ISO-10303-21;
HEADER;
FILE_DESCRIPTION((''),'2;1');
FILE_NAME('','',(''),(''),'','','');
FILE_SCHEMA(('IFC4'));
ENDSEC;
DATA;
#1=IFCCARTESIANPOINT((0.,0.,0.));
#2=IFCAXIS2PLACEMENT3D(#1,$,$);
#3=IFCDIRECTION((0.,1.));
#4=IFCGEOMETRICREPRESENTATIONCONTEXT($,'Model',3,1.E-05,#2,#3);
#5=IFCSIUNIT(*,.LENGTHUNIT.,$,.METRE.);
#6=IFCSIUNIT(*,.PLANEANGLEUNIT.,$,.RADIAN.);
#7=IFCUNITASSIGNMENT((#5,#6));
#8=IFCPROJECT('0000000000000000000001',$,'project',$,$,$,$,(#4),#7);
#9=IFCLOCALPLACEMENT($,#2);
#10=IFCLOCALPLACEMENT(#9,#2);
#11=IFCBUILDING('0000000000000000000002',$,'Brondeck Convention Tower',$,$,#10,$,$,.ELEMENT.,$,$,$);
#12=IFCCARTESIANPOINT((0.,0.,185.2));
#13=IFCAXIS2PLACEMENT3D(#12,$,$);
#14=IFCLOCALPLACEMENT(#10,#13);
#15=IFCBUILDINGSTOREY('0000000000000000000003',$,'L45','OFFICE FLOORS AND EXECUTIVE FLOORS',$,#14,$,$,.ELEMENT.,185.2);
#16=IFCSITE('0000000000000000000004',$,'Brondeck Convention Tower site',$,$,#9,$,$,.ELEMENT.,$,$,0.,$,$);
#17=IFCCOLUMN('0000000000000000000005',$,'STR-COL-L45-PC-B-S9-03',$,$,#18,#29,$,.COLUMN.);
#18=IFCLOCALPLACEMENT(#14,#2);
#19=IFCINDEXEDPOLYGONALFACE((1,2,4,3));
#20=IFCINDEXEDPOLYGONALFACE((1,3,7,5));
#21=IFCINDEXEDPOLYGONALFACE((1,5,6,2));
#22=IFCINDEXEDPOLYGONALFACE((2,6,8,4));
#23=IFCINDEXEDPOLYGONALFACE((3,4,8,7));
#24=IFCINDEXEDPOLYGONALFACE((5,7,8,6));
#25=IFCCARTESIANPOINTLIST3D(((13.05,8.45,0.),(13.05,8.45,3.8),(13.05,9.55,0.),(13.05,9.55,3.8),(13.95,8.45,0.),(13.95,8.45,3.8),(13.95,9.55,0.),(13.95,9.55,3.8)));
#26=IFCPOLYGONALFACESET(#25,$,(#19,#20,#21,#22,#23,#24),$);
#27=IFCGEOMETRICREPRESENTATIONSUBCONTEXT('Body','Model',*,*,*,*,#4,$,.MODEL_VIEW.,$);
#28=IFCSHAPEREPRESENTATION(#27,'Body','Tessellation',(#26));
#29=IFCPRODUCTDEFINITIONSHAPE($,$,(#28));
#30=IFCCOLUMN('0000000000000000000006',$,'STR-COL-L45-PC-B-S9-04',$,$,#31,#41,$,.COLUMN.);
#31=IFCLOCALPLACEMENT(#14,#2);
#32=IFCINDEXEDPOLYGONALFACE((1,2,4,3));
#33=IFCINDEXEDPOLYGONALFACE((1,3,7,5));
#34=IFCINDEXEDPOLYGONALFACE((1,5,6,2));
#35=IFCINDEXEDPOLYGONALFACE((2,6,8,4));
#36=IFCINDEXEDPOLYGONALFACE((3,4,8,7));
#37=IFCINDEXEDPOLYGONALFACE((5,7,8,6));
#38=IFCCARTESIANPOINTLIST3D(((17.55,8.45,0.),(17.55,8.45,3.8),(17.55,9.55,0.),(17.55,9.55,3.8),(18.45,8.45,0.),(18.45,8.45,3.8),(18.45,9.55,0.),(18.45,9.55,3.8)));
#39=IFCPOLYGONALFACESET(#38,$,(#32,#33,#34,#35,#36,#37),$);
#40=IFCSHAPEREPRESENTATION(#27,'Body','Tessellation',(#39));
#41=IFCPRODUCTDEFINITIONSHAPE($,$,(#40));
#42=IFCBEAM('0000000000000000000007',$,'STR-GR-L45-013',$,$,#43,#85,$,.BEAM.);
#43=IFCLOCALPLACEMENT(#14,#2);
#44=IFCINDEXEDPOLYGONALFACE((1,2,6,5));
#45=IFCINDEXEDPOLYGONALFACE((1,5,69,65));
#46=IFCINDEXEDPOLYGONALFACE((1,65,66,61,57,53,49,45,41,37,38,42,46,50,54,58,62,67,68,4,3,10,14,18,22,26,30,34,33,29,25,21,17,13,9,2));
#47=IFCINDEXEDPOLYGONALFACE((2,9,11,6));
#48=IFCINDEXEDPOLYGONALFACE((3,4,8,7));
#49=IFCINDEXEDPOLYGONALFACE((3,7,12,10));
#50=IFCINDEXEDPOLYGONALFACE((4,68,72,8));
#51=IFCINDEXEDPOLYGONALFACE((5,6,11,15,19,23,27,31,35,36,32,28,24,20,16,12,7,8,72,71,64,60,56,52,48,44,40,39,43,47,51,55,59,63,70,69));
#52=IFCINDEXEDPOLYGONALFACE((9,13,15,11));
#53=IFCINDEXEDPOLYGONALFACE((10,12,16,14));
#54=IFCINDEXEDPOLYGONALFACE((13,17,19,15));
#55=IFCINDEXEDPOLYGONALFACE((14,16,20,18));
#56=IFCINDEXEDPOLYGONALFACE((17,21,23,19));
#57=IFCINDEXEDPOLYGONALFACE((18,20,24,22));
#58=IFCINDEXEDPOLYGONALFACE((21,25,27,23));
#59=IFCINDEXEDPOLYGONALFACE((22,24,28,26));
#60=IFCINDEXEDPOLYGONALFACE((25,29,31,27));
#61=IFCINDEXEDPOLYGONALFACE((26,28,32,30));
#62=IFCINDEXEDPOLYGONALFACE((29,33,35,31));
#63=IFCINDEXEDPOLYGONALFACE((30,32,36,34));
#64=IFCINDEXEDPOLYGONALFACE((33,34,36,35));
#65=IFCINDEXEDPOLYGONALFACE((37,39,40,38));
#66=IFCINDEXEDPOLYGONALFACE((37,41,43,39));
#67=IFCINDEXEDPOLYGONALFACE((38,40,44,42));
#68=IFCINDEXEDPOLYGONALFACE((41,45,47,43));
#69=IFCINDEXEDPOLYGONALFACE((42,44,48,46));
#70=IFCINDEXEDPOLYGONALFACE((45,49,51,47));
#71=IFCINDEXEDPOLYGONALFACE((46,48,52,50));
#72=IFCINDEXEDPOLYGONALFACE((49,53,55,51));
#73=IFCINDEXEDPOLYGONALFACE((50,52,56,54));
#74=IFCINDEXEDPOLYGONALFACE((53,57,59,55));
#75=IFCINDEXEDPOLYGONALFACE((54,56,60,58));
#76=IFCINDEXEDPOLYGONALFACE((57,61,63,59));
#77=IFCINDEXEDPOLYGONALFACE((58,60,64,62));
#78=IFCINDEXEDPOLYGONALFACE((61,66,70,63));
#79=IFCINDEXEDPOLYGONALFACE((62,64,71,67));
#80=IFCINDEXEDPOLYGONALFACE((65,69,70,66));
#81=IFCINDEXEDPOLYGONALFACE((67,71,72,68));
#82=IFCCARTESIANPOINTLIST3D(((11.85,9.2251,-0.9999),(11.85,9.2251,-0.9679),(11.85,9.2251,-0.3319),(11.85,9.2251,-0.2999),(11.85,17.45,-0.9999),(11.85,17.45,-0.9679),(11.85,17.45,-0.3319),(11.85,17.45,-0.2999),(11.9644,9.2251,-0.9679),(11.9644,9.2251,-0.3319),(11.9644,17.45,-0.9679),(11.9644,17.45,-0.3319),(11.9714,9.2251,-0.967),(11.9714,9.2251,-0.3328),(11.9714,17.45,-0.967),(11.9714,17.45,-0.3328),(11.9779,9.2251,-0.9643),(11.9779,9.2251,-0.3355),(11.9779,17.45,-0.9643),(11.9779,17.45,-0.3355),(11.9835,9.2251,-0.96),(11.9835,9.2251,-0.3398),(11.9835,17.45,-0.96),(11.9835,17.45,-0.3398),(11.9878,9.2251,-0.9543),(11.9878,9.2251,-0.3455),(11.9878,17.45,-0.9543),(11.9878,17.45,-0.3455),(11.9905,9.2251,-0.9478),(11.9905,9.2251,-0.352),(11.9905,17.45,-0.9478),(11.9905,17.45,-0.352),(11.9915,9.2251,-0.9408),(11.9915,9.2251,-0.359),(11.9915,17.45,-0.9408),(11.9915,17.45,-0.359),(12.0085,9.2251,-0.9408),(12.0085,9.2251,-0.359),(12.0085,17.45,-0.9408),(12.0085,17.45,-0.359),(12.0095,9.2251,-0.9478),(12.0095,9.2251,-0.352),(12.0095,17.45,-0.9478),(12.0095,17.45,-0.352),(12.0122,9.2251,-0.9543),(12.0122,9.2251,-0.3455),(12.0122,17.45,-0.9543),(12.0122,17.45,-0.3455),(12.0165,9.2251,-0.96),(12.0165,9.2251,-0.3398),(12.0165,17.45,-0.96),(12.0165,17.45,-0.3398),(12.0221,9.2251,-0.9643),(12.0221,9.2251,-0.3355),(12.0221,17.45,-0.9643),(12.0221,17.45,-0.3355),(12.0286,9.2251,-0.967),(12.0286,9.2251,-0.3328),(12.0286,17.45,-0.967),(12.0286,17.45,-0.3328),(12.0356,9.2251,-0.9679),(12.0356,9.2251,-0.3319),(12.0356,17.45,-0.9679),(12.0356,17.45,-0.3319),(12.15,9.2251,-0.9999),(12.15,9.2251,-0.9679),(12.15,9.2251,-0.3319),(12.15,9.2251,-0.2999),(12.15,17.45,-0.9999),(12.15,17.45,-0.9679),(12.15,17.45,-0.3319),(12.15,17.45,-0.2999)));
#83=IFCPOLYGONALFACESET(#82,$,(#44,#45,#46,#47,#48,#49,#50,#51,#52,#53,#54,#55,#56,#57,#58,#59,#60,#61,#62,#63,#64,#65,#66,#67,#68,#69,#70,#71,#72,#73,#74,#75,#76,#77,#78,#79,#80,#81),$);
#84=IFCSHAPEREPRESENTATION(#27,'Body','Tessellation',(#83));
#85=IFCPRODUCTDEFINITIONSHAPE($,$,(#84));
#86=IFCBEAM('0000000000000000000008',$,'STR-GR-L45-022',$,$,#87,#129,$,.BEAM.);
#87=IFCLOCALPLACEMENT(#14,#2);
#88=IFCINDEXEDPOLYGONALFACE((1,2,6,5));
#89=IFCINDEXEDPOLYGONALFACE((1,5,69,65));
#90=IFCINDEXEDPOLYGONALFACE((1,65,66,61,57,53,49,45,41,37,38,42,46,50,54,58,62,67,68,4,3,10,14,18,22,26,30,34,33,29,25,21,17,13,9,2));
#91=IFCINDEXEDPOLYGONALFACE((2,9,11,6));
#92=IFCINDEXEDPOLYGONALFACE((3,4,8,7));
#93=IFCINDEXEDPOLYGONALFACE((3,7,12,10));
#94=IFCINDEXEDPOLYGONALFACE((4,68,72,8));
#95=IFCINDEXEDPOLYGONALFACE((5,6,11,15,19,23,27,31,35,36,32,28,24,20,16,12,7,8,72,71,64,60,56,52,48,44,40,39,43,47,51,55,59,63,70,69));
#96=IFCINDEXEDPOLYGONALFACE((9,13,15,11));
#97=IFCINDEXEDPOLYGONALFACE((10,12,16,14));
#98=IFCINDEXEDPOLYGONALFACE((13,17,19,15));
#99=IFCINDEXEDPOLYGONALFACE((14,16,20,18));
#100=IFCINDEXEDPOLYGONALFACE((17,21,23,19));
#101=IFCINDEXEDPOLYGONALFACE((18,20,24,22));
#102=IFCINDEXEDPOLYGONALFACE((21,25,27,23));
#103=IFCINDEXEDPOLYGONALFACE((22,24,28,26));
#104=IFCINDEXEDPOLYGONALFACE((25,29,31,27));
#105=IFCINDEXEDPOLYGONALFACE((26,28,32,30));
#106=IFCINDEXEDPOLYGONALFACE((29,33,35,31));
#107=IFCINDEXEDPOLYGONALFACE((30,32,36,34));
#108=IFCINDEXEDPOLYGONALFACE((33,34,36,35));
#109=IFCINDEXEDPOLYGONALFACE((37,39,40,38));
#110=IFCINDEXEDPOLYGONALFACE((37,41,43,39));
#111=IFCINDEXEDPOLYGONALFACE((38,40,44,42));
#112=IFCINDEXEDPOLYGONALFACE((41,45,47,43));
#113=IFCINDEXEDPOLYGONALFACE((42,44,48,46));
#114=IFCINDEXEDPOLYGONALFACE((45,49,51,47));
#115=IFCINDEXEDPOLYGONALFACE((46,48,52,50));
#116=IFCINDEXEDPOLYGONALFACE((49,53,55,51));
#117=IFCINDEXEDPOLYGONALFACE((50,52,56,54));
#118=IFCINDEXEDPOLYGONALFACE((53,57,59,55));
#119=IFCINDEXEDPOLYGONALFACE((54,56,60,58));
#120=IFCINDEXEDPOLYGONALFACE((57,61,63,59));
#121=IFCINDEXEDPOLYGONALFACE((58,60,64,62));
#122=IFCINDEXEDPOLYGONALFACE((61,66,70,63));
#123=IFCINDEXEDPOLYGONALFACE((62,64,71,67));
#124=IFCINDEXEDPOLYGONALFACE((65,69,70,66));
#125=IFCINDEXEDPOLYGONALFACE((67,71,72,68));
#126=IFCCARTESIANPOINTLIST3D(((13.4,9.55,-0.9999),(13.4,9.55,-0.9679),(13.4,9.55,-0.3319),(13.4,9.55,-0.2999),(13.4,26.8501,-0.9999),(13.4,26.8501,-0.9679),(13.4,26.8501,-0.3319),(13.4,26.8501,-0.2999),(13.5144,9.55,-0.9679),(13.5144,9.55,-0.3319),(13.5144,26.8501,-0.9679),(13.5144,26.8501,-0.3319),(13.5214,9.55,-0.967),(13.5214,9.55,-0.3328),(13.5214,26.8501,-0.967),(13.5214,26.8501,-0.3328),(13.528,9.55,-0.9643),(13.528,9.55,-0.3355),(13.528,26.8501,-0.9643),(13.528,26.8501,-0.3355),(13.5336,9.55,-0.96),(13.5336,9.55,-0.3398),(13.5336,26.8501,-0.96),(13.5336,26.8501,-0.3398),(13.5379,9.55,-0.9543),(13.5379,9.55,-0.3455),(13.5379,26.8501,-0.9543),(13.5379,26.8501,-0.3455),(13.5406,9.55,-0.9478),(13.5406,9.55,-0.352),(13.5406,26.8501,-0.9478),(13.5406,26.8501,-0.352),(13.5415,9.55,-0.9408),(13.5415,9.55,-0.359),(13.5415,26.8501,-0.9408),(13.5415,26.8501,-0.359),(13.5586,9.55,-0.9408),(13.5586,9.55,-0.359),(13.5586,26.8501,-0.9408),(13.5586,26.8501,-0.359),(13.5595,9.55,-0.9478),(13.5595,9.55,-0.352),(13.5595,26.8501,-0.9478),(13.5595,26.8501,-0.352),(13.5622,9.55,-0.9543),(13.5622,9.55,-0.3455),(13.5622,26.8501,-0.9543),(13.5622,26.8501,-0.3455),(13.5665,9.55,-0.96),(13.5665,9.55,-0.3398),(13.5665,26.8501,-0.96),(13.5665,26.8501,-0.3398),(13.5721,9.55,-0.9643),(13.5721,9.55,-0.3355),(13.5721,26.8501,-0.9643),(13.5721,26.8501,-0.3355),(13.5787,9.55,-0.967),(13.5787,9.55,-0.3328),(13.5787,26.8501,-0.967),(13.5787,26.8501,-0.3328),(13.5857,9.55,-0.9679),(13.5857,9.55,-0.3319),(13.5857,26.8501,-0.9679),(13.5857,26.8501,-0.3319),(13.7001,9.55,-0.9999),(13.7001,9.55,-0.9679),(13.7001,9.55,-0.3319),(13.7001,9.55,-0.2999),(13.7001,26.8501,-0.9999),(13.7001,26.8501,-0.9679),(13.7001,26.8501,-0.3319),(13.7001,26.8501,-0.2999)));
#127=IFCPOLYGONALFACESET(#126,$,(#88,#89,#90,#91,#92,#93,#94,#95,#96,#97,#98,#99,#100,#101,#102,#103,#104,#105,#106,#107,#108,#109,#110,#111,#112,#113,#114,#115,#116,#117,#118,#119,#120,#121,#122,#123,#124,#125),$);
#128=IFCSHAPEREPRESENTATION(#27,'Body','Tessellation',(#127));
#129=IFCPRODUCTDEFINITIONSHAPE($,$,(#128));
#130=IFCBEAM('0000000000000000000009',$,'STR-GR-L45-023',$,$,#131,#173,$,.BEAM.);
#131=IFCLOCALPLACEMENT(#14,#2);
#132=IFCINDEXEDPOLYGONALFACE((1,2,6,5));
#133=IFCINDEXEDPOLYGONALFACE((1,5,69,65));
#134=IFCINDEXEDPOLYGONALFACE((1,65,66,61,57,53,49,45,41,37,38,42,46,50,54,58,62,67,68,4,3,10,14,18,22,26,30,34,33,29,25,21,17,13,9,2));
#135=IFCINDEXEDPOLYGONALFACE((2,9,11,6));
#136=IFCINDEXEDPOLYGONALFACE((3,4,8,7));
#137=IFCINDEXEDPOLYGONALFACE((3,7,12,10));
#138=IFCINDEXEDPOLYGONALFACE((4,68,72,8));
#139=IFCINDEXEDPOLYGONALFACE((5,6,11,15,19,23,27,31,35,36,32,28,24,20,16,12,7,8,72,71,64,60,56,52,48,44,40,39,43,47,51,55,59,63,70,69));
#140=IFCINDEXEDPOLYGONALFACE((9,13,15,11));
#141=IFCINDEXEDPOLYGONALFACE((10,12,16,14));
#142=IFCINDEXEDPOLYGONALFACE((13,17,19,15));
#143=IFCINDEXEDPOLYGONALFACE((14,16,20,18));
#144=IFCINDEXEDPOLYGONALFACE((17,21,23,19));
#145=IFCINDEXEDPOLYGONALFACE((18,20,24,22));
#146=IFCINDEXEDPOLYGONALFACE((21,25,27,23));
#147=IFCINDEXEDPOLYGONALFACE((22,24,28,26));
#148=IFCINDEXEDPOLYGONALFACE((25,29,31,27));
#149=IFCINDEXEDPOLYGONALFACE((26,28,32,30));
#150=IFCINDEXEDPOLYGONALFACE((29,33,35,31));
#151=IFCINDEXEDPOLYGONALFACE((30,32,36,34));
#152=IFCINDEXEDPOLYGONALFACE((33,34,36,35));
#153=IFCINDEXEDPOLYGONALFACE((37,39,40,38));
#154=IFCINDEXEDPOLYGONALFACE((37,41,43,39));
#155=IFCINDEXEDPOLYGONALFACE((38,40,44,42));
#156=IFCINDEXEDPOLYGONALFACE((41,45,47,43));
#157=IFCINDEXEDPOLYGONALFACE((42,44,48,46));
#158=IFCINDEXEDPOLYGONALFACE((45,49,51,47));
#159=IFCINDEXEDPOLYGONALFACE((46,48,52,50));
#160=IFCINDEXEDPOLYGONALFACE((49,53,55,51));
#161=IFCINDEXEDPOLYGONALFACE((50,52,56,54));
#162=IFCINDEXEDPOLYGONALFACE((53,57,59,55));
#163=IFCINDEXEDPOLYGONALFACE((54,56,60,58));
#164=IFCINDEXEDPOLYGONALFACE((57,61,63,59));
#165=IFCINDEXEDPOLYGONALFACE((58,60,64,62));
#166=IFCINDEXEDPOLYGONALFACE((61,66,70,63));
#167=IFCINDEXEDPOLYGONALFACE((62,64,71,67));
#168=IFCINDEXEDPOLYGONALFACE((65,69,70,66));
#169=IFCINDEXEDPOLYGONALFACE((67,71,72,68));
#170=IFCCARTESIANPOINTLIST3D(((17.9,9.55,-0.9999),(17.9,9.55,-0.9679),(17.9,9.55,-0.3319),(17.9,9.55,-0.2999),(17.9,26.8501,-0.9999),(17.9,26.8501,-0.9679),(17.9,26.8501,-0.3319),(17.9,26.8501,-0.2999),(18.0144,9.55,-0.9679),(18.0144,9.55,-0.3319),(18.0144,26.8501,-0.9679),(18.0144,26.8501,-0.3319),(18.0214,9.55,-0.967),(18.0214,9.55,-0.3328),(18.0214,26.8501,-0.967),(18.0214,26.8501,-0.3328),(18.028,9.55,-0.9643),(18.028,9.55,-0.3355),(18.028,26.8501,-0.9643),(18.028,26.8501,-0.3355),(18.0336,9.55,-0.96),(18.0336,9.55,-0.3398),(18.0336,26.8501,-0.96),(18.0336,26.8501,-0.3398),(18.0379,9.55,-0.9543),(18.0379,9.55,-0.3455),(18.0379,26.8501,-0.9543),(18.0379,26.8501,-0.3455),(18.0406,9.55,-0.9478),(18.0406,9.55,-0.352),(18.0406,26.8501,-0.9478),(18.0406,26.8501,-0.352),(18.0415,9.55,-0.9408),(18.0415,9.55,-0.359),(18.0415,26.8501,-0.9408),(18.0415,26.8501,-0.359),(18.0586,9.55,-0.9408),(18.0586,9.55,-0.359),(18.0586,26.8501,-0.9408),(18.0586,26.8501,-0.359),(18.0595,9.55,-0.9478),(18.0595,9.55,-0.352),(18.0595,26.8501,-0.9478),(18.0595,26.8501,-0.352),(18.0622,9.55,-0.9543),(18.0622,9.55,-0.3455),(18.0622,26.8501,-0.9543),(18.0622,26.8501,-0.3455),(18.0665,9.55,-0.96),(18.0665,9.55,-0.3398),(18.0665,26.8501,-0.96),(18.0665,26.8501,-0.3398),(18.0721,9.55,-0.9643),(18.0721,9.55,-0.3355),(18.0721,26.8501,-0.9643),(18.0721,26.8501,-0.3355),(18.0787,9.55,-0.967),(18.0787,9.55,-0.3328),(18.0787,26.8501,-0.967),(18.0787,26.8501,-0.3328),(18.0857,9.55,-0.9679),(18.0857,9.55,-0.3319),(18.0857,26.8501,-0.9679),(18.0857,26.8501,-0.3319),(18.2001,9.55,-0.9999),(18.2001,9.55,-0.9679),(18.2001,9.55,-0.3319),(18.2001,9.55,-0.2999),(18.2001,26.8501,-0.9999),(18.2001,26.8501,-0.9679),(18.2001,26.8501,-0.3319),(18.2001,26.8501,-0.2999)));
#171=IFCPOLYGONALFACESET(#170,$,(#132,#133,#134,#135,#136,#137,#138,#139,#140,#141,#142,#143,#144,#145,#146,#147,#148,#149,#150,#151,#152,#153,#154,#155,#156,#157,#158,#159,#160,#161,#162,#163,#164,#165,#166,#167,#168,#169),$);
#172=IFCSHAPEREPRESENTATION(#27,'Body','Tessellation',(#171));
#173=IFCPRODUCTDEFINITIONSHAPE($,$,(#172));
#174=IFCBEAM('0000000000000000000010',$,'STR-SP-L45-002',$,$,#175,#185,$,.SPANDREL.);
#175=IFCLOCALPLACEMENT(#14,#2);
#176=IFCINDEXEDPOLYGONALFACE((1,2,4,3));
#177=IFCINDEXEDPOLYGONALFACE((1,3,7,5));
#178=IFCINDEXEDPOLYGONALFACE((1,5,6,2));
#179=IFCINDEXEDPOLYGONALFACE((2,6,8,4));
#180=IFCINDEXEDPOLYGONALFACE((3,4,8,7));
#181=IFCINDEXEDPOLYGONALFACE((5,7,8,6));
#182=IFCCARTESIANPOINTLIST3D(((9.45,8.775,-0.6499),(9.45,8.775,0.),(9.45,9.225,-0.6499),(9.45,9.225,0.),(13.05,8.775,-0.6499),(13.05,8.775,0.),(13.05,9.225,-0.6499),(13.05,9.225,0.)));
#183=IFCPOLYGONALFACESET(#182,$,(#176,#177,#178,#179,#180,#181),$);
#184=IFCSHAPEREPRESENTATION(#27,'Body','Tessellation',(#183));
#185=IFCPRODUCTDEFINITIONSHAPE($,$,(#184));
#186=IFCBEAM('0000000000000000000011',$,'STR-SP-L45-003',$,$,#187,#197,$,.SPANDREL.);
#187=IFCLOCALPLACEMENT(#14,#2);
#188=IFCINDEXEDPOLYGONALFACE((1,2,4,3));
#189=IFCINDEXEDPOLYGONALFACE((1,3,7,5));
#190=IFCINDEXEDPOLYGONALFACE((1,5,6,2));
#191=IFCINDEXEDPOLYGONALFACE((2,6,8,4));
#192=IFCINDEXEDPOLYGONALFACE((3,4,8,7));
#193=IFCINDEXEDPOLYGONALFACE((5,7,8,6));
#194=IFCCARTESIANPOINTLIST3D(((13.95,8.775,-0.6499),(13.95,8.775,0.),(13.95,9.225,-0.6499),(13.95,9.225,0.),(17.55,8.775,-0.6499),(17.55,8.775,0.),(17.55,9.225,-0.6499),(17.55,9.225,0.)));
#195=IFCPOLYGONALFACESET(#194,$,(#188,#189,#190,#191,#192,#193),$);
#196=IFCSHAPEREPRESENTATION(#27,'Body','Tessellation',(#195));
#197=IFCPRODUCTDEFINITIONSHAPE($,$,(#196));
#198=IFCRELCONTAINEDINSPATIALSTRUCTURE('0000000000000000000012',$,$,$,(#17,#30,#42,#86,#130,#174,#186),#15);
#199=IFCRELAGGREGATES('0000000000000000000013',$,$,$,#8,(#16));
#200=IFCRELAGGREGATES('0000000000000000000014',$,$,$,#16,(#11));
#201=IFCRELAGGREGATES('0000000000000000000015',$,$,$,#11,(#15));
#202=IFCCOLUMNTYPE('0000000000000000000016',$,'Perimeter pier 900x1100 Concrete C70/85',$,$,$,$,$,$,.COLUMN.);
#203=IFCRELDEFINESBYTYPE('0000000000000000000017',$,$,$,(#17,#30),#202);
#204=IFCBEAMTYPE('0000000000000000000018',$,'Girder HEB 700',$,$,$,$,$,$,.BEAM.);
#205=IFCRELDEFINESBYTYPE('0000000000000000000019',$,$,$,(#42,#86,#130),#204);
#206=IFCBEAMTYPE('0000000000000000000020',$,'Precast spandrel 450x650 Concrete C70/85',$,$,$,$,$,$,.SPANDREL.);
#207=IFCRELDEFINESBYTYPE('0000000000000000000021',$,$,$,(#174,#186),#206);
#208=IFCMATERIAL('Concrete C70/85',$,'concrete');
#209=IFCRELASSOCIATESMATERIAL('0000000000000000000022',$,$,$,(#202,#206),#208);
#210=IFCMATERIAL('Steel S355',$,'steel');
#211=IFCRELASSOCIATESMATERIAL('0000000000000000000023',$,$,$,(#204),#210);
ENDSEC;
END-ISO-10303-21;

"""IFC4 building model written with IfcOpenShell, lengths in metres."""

from ifc_helpers import new_model, si_unit, direction, frame, origin, origin_2d, place, context, subcontext, project, spatial, rectangle, i_section, extrude, material, material_profile, profile_set, type_object, element, save


model = new_model("IFC4")

# Units and contexts
model_context = context("Model", 3, precision=1e-05, world=origin(), true_north=direction((0.0, 1.0)))
body_context = subcontext(model_context, "Body", "Model", "MODEL_VIEW")
ifc_project = project(units=[si_unit("LENGTHUNIT", "METRE"), si_unit("PLANEANGLEUNIT", "RADIAN")], contexts=[model_context])

# Site, building, storey
site_placement = place(None, origin())
site = spatial("IfcSite", under=ifc_project, at=site_placement, Name="Brondeck Convention Tower site", CompositionType="ELEMENT", RefElevation=0.0)
building_placement = place(site_placement, origin())
building = spatial("IfcBuilding", under=site, at=building_placement, Name="Brondeck Convention Tower", CompositionType="ELEMENT")
storey_placement = place(building_placement, frame((0.0, 0.0, 185.2)))
storey = spatial("IfcBuildingStorey", under=building, at=storey_placement, Name="L45", Description="OFFICE FLOORS AND EXECUTIVE FLOORS", CompositionType="ELEMENT", Elevation=185.2)

# Columns
ifc_material_1 = material(Name="Concrete C70/85", Category="concrete")
ifc_material_profile_1 = material_profile(ifc_material_1, rectangle(XDim=0.8999, YDim=1.1001, at=origin_2d()), Name="Perimeter pier 900x1100 Concrete C70/85")
ifc_profile_set_1 = profile_set([ifc_material_profile_1], Name="Concrete C70/85")
column_type = type_object("IfcColumnType", Name="Perimeter pier 900x1100 Concrete C70/85", PredefinedType="COLUMN", material=ifc_profile_set_1)
for number, where, z_axis, x_axis, name in (
    (1, (13.5, 9.0, 0.0), (0.0, 0.0, 1.0), (1.0, 0.0, 0.0), "STR-COL-L45-PC-B-S9-03"),
    (2, (18.0, 9.0, 0.0), (0.0, 0.0, 1.0), (1.0, 0.0, 0.0), "STR-COL-L45-PC-B-S9-04"),
):
    element("IfcColumn", number, at=place(storey_placement, frame(where, z_axis=z_axis, x_axis=x_axis)), inside=storey, type_object=column_type, Name=name, PredefinedType="COLUMN", context=body_context, shape_type="SweptSolid", body=[
        extrude(rectangle(XDim=0.8999, YDim=1.1001, at=origin_2d()), origin(), (0.0, 0.0, 1.0), 3.8),
    ])

# Beams
ifc_material_2 = material(Name="Steel S355", Category="steel")
ifc_material_profile_2 = material_profile(ifc_material_2, i_section(OverallWidth=0.3, OverallDepth=0.7, WebThickness=0.0171, FlangeThickness=0.032, FilletRadius=0.0271, at=origin_2d()), Name="HEB 700")
ifc_profile_set_2 = profile_set([ifc_material_profile_2], Name="Steel S355")
beam_type_1 = type_object("IfcBeamType", Name="Girder HEB 700", PredefinedType="BEAM", material=ifc_profile_set_2)
beam_placement = place(storey_placement, frame((12.0, 17.45, -0.6499), z_axis=(0.0, -1.0, 0.0), x_axis=(1.0, 0.0, 0.0)))
element("IfcBeam", 3, at=beam_placement, inside=storey, type_object=beam_type_1, Name="STR-GR-L45-013", PredefinedType="BEAM", context=body_context, shape_type="SweptSolid", body=[
    extrude(i_section(OverallWidth=0.3, OverallDepth=0.7, WebThickness=0.0171, FlangeThickness=0.032, FilletRadius=0.0271, at=origin_2d()), origin(), (0.0, 0.0, 1.0), 8.2249),
])
for number, where, z_axis, x_axis, name in (
    (4, (13.55, 9.55, -0.6499), (0.0, 1.0, 0.0), (-1.0, 0.0, 0.0), "STR-GR-L45-022"),
    (5, (18.05, 9.55, -0.6499), (0.0, 1.0, 0.0), (-1.0, 0.0, 0.0), "STR-GR-L45-023"),
):
    element("IfcBeam", number, at=place(storey_placement, frame(where, z_axis=z_axis, x_axis=x_axis)), inside=storey, type_object=beam_type_1, Name=name, PredefinedType="BEAM", context=body_context, shape_type="SweptSolid", body=[
        extrude(i_section(OverallWidth=0.3, OverallDepth=0.7, WebThickness=0.0171, FlangeThickness=0.032, FilletRadius=0.0271, at=origin_2d()), origin(), (0.0, 0.0, 1.0), 17.3),
    ])
ifc_material_profile_3 = material_profile(ifc_material_1, rectangle(XDim=0.45, YDim=0.6499, at=origin_2d()), Name="Precast spandrel 450x650 Concrete C70/85")
ifc_profile_set_3 = profile_set([ifc_material_profile_3], Name="Concrete C70/85")
beam_type_2 = type_object("IfcBeamType", Name="Precast spandrel 450x650 Concrete C70/85", PredefinedType="SPANDREL", material=ifc_profile_set_3)
for number, where, z_axis, x_axis, name in (
    (6, (9.45, 9.0, -0.325), (1.0, 0.0, 0.0), (0.0, 1.0, 0.0), "STR-SP-L45-002"),
    (7, (13.95, 9.0, -0.325), (1.0, 0.0, 0.0), (0.0, 1.0, 0.0), "STR-SP-L45-003"),
):
    element("IfcBeam", number, at=place(storey_placement, frame(where, z_axis=z_axis, x_axis=x_axis)), inside=storey, type_object=beam_type_2, Name=name, PredefinedType="SPANDREL", context=body_context, shape_type="SweptSolid", body=[
        extrude(rectangle(XDim=0.45, YDim=0.6499, at=origin_2d()), origin(), (0.0, 0.0, 1.0), 3.6001),
    ])

save(model, "model.ifc")
